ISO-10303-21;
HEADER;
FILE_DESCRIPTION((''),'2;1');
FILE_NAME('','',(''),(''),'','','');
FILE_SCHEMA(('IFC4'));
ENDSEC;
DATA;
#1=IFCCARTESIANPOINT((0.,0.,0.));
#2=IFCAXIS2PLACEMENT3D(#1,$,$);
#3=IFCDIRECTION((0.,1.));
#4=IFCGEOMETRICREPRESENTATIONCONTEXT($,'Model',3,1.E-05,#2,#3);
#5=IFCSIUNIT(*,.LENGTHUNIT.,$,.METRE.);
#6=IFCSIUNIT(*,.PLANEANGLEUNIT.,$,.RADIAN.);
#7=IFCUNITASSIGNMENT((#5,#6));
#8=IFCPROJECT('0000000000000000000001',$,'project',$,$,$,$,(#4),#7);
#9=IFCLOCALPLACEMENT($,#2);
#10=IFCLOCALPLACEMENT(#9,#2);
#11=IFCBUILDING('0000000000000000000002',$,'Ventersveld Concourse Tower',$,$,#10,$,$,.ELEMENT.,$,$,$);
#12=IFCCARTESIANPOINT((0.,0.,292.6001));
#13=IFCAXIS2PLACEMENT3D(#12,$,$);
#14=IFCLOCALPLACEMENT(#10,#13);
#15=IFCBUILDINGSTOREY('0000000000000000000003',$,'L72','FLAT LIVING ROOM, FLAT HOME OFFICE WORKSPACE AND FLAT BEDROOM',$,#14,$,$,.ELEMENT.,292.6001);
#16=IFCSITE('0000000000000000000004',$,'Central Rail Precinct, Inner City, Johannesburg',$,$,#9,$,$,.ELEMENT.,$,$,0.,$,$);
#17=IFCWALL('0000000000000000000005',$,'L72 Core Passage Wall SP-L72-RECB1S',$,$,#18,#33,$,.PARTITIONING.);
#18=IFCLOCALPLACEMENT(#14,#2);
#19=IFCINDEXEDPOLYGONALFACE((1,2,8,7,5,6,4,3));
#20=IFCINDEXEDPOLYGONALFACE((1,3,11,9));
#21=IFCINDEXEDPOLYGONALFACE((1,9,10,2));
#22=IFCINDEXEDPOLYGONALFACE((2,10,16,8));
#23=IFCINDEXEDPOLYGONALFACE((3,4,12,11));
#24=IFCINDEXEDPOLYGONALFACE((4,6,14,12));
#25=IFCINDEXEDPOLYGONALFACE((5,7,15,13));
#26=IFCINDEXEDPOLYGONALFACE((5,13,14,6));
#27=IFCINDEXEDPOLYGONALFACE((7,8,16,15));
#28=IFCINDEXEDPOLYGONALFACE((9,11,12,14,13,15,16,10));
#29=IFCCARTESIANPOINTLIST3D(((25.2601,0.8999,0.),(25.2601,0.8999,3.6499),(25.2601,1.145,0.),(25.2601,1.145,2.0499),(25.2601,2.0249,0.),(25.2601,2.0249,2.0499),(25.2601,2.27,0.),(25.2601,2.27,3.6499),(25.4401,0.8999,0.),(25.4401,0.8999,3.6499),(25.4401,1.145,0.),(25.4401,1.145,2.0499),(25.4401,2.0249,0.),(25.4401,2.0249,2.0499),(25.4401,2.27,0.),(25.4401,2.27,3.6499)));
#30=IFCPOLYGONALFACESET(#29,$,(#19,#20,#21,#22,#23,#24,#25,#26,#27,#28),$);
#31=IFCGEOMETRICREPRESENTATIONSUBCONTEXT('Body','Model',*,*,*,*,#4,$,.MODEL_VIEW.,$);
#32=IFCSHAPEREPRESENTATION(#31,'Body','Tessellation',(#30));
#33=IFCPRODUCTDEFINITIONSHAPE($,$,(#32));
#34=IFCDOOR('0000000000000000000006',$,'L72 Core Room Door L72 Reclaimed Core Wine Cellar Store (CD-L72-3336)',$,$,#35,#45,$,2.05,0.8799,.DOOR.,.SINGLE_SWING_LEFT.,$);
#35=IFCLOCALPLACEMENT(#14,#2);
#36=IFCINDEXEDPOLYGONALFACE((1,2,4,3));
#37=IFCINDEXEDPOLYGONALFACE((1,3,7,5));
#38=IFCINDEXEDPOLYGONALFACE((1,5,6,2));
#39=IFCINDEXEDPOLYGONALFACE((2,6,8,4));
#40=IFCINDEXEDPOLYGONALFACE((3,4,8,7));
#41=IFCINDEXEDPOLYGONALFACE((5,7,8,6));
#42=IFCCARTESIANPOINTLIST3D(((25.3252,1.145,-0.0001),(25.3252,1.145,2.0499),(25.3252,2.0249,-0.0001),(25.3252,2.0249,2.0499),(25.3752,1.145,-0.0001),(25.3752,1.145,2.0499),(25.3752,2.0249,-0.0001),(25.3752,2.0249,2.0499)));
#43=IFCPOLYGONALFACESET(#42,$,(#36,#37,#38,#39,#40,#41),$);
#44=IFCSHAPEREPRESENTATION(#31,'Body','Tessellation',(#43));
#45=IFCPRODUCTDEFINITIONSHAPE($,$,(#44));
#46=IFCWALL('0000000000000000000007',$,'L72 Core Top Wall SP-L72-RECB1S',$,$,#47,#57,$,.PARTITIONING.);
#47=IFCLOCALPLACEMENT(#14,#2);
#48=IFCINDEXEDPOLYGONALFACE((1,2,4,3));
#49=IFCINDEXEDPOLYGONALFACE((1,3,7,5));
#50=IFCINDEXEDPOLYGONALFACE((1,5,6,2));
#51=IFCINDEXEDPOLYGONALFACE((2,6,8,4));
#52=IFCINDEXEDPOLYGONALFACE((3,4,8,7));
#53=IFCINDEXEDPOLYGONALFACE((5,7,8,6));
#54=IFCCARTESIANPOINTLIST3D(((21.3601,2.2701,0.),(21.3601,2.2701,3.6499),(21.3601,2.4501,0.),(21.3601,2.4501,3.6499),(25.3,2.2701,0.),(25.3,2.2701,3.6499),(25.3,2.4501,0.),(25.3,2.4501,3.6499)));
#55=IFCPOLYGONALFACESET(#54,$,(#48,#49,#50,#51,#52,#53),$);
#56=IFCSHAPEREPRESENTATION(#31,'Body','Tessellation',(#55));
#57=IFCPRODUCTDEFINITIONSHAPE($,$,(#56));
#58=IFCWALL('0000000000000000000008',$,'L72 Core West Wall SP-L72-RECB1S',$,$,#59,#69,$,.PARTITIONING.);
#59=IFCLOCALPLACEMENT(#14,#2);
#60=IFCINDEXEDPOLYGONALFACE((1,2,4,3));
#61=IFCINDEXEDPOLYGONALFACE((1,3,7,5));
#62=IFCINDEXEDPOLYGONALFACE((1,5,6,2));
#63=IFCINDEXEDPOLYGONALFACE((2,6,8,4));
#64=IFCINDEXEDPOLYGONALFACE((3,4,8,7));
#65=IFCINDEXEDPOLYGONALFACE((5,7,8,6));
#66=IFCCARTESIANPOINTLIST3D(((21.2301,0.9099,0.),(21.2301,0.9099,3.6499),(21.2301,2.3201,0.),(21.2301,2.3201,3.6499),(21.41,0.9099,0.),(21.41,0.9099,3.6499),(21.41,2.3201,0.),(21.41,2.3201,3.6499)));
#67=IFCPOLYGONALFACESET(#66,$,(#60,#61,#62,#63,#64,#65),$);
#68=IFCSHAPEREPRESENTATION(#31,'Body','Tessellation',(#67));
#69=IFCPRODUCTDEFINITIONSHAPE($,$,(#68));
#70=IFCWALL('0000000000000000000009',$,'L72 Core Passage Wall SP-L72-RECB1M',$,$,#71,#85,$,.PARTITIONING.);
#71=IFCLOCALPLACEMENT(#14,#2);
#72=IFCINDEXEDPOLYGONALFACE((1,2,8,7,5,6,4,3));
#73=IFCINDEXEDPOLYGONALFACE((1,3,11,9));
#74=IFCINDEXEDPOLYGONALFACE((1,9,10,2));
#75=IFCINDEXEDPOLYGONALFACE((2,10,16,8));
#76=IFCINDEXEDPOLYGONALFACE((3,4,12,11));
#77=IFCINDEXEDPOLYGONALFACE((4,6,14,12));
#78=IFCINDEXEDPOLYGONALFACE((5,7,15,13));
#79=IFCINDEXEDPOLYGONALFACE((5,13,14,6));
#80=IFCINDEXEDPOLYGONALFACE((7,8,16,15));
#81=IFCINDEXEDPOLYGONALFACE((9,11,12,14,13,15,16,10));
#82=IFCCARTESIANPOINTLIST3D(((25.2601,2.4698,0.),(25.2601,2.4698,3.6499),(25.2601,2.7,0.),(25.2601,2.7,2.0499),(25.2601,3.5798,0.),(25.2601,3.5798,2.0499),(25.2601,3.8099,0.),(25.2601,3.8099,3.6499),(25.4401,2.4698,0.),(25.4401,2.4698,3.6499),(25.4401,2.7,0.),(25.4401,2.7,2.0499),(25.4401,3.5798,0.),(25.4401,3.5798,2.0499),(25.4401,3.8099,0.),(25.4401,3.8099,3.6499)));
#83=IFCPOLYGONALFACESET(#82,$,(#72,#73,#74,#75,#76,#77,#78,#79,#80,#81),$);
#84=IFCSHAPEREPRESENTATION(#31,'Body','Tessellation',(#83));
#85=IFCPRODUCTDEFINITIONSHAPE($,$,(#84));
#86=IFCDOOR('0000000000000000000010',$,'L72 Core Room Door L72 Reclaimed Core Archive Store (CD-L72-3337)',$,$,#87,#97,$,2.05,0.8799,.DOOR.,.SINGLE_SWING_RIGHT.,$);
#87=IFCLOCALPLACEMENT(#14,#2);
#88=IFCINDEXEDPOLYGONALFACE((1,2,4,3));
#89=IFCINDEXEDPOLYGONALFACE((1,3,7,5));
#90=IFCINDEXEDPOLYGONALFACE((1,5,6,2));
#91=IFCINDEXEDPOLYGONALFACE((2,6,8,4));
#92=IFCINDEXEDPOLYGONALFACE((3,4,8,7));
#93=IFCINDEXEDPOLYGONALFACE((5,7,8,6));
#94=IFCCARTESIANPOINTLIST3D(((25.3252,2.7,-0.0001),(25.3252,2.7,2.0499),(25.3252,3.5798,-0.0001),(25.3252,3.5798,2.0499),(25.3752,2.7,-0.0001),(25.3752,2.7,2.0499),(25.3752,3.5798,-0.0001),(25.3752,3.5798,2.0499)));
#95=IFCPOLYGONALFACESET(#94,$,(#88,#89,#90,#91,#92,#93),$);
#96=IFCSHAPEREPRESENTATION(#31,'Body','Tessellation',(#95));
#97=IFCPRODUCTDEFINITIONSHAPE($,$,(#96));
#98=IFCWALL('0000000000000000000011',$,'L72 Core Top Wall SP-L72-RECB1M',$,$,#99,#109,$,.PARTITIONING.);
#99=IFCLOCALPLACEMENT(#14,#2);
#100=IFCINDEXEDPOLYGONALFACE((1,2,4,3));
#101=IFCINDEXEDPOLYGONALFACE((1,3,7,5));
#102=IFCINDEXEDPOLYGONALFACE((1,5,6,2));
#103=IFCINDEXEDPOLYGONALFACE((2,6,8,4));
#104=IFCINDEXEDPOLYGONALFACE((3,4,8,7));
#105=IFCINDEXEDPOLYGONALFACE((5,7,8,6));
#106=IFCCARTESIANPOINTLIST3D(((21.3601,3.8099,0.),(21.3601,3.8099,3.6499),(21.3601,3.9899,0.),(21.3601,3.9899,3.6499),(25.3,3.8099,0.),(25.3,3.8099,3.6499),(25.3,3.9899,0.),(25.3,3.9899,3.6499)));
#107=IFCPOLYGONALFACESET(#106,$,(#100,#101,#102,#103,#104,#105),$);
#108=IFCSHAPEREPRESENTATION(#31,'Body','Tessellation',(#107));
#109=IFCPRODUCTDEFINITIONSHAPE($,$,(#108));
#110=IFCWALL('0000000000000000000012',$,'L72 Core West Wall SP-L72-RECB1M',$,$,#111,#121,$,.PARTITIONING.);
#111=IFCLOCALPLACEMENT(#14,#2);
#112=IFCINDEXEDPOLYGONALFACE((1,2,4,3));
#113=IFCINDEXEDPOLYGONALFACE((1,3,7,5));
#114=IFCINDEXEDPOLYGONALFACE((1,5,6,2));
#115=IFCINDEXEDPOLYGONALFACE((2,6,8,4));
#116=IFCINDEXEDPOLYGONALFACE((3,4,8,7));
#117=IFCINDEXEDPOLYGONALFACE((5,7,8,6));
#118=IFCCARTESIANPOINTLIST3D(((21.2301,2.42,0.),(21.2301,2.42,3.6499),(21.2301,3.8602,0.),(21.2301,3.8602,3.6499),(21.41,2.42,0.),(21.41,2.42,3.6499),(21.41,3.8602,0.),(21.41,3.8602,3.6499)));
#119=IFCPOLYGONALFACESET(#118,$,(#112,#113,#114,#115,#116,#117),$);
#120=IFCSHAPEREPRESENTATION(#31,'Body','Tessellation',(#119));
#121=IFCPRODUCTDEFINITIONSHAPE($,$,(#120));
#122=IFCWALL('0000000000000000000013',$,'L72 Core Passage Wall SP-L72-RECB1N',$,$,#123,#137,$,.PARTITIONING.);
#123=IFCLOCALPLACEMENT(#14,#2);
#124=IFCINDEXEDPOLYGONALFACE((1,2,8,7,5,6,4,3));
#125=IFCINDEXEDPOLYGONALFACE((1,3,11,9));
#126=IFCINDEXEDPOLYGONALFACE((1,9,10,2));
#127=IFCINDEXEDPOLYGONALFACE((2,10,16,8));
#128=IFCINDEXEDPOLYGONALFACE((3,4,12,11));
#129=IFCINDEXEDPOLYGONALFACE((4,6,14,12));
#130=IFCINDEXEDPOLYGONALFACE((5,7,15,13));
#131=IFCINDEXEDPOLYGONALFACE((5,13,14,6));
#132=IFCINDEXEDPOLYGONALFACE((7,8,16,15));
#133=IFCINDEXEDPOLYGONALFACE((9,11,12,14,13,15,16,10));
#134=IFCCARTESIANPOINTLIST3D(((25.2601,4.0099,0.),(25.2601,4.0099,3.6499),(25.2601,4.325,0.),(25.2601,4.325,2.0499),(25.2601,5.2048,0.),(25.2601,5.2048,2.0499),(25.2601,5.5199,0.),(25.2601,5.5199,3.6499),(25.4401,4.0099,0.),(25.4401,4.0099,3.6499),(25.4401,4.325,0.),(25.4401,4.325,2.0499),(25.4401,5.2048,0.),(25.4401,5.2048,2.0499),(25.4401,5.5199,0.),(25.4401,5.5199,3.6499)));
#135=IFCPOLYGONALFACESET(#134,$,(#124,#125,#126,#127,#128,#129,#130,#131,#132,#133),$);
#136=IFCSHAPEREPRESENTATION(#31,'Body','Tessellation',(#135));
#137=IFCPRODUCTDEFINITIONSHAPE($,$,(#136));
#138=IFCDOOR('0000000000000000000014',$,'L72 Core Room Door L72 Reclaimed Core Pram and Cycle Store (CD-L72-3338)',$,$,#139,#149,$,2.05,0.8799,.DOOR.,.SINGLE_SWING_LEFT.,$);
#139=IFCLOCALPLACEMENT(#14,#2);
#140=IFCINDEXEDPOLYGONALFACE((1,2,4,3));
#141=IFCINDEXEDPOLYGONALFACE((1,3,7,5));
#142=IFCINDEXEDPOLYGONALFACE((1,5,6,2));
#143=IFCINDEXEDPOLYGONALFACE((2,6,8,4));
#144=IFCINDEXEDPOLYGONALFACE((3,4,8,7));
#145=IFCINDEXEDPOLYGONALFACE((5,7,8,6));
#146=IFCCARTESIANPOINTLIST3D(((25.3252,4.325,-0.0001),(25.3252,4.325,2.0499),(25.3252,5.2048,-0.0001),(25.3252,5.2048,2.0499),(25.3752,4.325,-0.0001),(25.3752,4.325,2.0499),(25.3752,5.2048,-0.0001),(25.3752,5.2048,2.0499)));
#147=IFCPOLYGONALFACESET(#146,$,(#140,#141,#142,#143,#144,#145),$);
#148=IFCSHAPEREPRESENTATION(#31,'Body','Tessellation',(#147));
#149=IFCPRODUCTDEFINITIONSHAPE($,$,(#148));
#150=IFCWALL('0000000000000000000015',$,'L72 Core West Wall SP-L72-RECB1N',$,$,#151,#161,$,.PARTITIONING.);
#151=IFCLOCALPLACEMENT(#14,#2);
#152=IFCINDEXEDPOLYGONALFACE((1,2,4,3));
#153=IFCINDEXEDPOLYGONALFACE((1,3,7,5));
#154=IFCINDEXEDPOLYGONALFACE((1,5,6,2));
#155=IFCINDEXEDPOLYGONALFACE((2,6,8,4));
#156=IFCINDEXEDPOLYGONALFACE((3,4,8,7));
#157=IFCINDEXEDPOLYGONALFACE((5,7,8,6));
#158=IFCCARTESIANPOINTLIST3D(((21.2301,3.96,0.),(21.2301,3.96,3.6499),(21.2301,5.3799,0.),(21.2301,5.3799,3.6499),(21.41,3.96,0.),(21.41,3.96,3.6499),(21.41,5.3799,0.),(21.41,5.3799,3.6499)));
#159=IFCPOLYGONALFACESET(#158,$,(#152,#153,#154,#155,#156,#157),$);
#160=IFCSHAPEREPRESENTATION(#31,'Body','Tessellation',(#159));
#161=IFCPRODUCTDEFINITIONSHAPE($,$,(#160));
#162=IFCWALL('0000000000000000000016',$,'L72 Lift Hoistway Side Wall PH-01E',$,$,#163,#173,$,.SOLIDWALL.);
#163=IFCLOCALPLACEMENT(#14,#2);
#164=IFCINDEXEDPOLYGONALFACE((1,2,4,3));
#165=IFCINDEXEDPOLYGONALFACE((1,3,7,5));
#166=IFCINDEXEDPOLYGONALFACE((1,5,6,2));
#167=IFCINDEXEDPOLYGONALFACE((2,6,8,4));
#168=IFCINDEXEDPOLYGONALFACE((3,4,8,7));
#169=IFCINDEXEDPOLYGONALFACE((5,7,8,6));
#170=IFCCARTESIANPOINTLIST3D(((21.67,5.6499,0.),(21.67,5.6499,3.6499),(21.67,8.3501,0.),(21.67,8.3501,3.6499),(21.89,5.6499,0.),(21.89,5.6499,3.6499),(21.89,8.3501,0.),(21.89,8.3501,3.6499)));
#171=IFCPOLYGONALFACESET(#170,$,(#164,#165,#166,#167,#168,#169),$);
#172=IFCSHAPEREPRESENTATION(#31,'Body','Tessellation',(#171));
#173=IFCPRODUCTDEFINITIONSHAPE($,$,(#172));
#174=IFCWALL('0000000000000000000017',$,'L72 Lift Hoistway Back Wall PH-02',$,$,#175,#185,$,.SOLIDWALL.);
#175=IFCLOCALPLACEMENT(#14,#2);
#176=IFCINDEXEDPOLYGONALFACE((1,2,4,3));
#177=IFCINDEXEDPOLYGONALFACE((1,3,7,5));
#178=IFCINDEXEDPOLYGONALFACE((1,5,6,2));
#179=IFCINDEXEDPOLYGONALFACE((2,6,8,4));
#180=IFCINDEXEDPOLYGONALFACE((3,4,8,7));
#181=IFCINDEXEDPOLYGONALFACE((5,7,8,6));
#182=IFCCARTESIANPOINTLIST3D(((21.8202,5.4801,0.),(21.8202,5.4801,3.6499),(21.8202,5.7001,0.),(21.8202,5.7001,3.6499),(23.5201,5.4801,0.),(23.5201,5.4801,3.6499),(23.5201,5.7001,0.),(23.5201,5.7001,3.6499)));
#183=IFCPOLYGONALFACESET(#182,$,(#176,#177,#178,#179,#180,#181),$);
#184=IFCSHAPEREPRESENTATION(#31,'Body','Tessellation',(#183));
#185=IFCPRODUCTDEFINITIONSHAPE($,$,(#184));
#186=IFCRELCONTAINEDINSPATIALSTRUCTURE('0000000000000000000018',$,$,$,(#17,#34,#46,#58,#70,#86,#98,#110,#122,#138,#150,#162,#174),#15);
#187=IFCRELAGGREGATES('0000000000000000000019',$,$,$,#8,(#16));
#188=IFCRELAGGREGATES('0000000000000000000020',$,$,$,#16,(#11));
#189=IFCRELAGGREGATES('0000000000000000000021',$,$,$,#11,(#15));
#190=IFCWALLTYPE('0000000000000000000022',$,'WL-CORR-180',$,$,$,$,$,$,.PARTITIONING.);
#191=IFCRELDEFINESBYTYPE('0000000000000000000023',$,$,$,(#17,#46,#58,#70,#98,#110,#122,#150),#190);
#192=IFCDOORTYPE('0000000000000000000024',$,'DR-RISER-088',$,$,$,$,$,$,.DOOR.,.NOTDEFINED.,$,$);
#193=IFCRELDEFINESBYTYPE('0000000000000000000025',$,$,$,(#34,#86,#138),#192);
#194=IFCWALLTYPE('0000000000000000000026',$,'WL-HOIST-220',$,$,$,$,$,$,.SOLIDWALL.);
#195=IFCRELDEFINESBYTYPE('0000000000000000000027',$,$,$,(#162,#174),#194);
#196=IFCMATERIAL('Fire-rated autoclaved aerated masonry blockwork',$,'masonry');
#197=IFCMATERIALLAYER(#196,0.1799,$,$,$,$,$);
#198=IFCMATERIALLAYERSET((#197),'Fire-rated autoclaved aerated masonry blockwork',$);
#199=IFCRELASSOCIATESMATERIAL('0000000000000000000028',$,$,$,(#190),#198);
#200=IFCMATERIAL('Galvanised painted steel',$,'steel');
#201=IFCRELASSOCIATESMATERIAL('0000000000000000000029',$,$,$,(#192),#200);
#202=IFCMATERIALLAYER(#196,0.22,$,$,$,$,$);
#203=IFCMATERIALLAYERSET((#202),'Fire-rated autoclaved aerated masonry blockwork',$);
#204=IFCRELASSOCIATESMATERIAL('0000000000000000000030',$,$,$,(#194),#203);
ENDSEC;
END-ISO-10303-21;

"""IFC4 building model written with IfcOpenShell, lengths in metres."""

from ifc_helpers import new_model, si_unit, direction, frame, frame_2d, origin, place, context, subcontext, project, spatial, rectangle, extrude, material, layer, layer_set, type_object, element, fill, save


model = new_model("IFC4")

# Units and contexts
model_context = context("Model", 3, precision=1e-05, world=origin(), true_north=direction((0.0, 1.0)))
body_context = subcontext(model_context, "Body", "Model", "MODEL_VIEW")
ifc_project = project(units=[si_unit("LENGTHUNIT", "METRE"), si_unit("PLANEANGLEUNIT", "RADIAN")], contexts=[model_context])

# Site, building, storey
site_placement = place(None, origin())
site = spatial("IfcSite", under=ifc_project, at=site_placement, Name="Central Rail Precinct, Inner City, Johannesburg", CompositionType="ELEMENT", RefElevation=0.0)
building_placement = place(site_placement, origin())
building = spatial("IfcBuilding", under=site, at=building_placement, Name="Ventersveld Concourse Tower", CompositionType="ELEMENT")
storey_placement = place(building_placement, frame((0.0, 0.0, 292.6001)))
storey = spatial("IfcBuildingStorey", under=building, at=storey_placement, Name="L72", Description="FLAT LIVING ROOM, FLAT HOME OFFICE WORKSPACE AND FLAT BEDROOM", CompositionType="ELEMENT", Elevation=292.6001)

# Wall, opening, door
ifc_material_1 = material(Name="Fire-rated autoclaved aerated masonry blockwork", Category="masonry")
ifc_layer_1 = layer(ifc_material_1, 0.1799)
ifc_layer_set_1 = layer_set([ifc_layer_1], Name="Fire-rated autoclaved aerated masonry blockwork")
wall_type_1 = type_object("IfcWallType", Name="WL-CORR-180", PredefinedType="PARTITIONING", material=ifc_layer_set_1)
wall_1_placement = place(storey_placement, frame((25.3501, 0.8999, 0.0), z_axis=(0.0, 0.0, 1.0), x_axis=(0.0, 1.0, 0.0)))
wall_1 = element("IfcWall", 1, at=wall_1_placement, inside=storey, type_object=wall_type_1, Name="L72 Core Passage Wall SP-L72-RECB1S", PredefinedType="PARTITIONING", context=body_context, shape_type="SweptSolid", body=[
    extrude(rectangle(XDim=1.3701, YDim=0.1799, at=frame_2d((0.6851, 0.0))), origin(), (0.0, 0.0, 1.0), 3.6499),
])
opening_1_placement = place(wall_1_placement, frame((0.2451, 0.0, 0.0)))
opening_1 = element("IfcOpeningElement", 2, at=opening_1_placement, cuts=wall_1, PredefinedType="OPENING", context=body_context, shape_type="SweptSolid", body=[
    extrude(rectangle(XDim=0.8799, YDim=2.05, at=frame_2d((0.4399, 1.0249))), frame((0.0, 0.1001, 0.0), z_axis=(0.0, -1.0, 0.0), x_axis=(1.0, 0.0, 0.0)), (0.0, 0.0, 1.0), 0.2),
])
ifc_material_2 = material(Name="Galvanised painted steel", Category="steel")
door_type_1 = type_object("IfcDoorType", Name="DR-RISER-088", OperationType="NOTDEFINED", PredefinedType="DOOR", material=ifc_material_2)
door_1_placement = place(opening_1_placement, origin())
door_1 = element("IfcDoor", 3, at=door_1_placement, inside=storey, type_object=door_type_1, Name="L72 Core Room Door L72 Reclaimed Core Wine Cellar Store (CD-L72-3336)", OperationType="SINGLE_SWING_LEFT", OverallHeight=2.05, OverallWidth=0.8799, PredefinedType="DOOR", context=body_context, shape_type="SweptSolid", body=[
    extrude(rectangle(XDim=0.8799, YDim=2.05, at=frame_2d((0.4399, 1.0249))), frame((0.0, 0.0249, 0.0), z_axis=(0.0, -1.0, 0.0), x_axis=(1.0, 0.0, 0.0)), (0.0, 0.0, 1.0), 0.05),
])
fill(opening_1, door_1)

# Walls
wall_2_placement = place(storey_placement, frame((21.3601, 2.3601, 0.0), z_axis=(0.0, 0.0, 1.0), x_axis=(1.0, 0.0, 0.0)))
element("IfcWall", 4, at=wall_2_placement, inside=storey, type_object=wall_type_1, Name="L72 Core Top Wall SP-L72-RECB1S", PredefinedType="PARTITIONING", context=body_context, shape_type="SweptSolid", body=[
    extrude(rectangle(XDim=3.9399, YDim=0.1799, at=frame_2d((1.97, 0.0))), origin(), (0.0, 0.0, 1.0), 3.6499),
])
wall_3_placement = place(storey_placement, frame((21.3201, 0.9099, 0.0), z_axis=(0.0, 0.0, 1.0), x_axis=(0.0, 1.0, 0.0)))
element("IfcWall", 5, at=wall_3_placement, inside=storey, type_object=wall_type_1, Name="L72 Core West Wall SP-L72-RECB1S", PredefinedType="PARTITIONING", context=body_context, shape_type="SweptSolid", body=[
    extrude(rectangle(XDim=1.4102, YDim=0.1799, at=frame_2d((0.7051, 0.0))), origin(), (0.0, 0.0, 1.0), 3.6499),
])

# Wall, opening, door
wall_4_placement = place(storey_placement, frame((25.3501, 2.47, 0.0), z_axis=(0.0, 0.0, 1.0), x_axis=(0.0, 1.0, 0.0)))
wall_4 = element("IfcWall", 6, at=wall_4_placement, inside=storey, type_object=wall_type_1, Name="L72 Core Passage Wall SP-L72-RECB1M", PredefinedType="PARTITIONING", context=body_context, shape_type="SweptSolid", body=[
    extrude(rectangle(XDim=1.3401, YDim=0.1799, at=frame_2d((0.6699, 0.0))), origin(), (0.0, 0.0, 1.0), 3.6499),
])
opening_2_placement = place(wall_4_placement, frame((0.23, 0.0, 0.0)))
opening_2 = element("IfcOpeningElement", 7, at=opening_2_placement, cuts=wall_4, PredefinedType="OPENING", context=body_context, shape_type="SweptSolid", body=[
    extrude(rectangle(XDim=0.8799, YDim=2.05, at=frame_2d((0.4399, 1.0249))), frame((0.0, 0.1001, 0.0), z_axis=(0.0, -1.0, 0.0), x_axis=(1.0, 0.0, 0.0)), (0.0, 0.0, 1.0), 0.2),
])
door_2_placement = place(opening_2_placement, origin())
door_2 = element("IfcDoor", 8, at=door_2_placement, inside=storey, type_object=door_type_1, Name="L72 Core Room Door L72 Reclaimed Core Archive Store (CD-L72-3337)", OperationType="SINGLE_SWING_RIGHT", OverallHeight=2.05, OverallWidth=0.8799, PredefinedType="DOOR", context=body_context, shape_type="SweptSolid", body=[
    extrude(rectangle(XDim=0.8799, YDim=2.05, at=frame_2d((0.4399, 1.0249))), frame((0.0, 0.0249, 0.0), z_axis=(0.0, -1.0, 0.0), x_axis=(1.0, 0.0, 0.0)), (0.0, 0.0, 1.0), 0.05),
])
fill(opening_2, door_2)

# Walls
wall_5_placement = place(storey_placement, frame((21.3601, 3.8999, 0.0), z_axis=(0.0, 0.0, 1.0), x_axis=(1.0, 0.0, 0.0)))
element("IfcWall", 9, at=wall_5_placement, inside=storey, type_object=wall_type_1, Name="L72 Core Top Wall SP-L72-RECB1M", PredefinedType="PARTITIONING", context=body_context, shape_type="SweptSolid", body=[
    extrude(rectangle(XDim=3.9399, YDim=0.1799, at=frame_2d((1.97, 0.0))), origin(), (0.0, 0.0, 1.0), 3.6499),
])
wall_6_placement = place(storey_placement, frame((21.3201, 2.4199, 0.0), z_axis=(0.0, 0.0, 1.0), x_axis=(0.0, 1.0, 0.0)))
element("IfcWall", 10, at=wall_6_placement, inside=storey, type_object=wall_type_1, Name="L72 Core West Wall SP-L72-RECB1M", PredefinedType="PARTITIONING", context=body_context, shape_type="SweptSolid", body=[
    extrude(rectangle(XDim=1.4402, YDim=0.1799, at=frame_2d((0.7202, 0.0))), origin(), (0.0, 0.0, 1.0), 3.6499),
])

# Wall, opening, door
wall_7_placement = place(storey_placement, frame((25.3501, 4.01, 0.0), z_axis=(0.0, 0.0, 1.0), x_axis=(0.0, 1.0, 0.0)))
wall_7 = element("IfcWall", 11, at=wall_7_placement, inside=storey, type_object=wall_type_1, Name="L72 Core Passage Wall SP-L72-RECB1N", PredefinedType="PARTITIONING", context=body_context, shape_type="SweptSolid", body=[
    extrude(rectangle(XDim=1.51, YDim=0.1799, at=frame_2d((0.7549, 0.0))), origin(), (0.0, 0.0, 1.0), 3.6499),
])
opening_3_placement = place(wall_7_placement, frame((0.3149, 0.0, 0.0)))
opening_3 = element("IfcOpeningElement", 12, at=opening_3_placement, cuts=wall_7, PredefinedType="OPENING", context=body_context, shape_type="SweptSolid", body=[
    extrude(rectangle(XDim=0.8799, YDim=2.05, at=frame_2d((0.4399, 1.0249))), frame((0.0, 0.1001, 0.0), z_axis=(0.0, -1.0, 0.0), x_axis=(1.0, 0.0, 0.0)), (0.0, 0.0, 1.0), 0.2),
])
door_3_placement = place(opening_3_placement, origin())
door_3 = element("IfcDoor", 13, at=door_3_placement, inside=storey, type_object=door_type_1, Name="L72 Core Room Door L72 Reclaimed Core Pram and Cycle Store (CD-L72-3338)", OperationType="SINGLE_SWING_LEFT", OverallHeight=2.05, OverallWidth=0.8799, PredefinedType="DOOR", context=body_context, shape_type="SweptSolid", body=[
    extrude(rectangle(XDim=0.8799, YDim=2.05, at=frame_2d((0.4399, 1.0249))), frame((0.0, 0.0249, 0.0), z_axis=(0.0, -1.0, 0.0), x_axis=(1.0, 0.0, 0.0)), (0.0, 0.0, 1.0), 0.05),
])
fill(opening_3, door_3)

# Walls
wall_8_placement = place(storey_placement, frame((21.3201, 3.96, 0.0), z_axis=(0.0, 0.0, 1.0), x_axis=(0.0, 1.0, 0.0)))
element("IfcWall", 14, at=wall_8_placement, inside=storey, type_object=wall_type_1, Name="L72 Core West Wall SP-L72-RECB1N", PredefinedType="PARTITIONING", context=body_context, shape_type="SweptSolid", body=[
    extrude(rectangle(XDim=1.4199, YDim=0.1799, at=frame_2d((0.71, 0.0))), origin(), (0.0, 0.0, 1.0), 3.6499),
])
ifc_layer_2 = layer(ifc_material_1, 0.22)
ifc_layer_set_2 = layer_set([ifc_layer_2], Name="Fire-rated autoclaved aerated masonry blockwork")
wall_type_2 = type_object("IfcWallType", Name="WL-HOIST-220", PredefinedType="SOLIDWALL", material=ifc_layer_set_2)
wall_9_placement = place(storey_placement, frame((21.78, 5.6499, 0.0), z_axis=(0.0, 0.0, 1.0), x_axis=(0.0, 1.0, 0.0)))
element("IfcWall", 15, at=wall_9_placement, inside=storey, type_object=wall_type_2, Name="L72 Lift Hoistway Side Wall PH-01E", PredefinedType="SOLIDWALL", context=body_context, shape_type="SweptSolid", body=[
    extrude(rectangle(XDim=2.7002, YDim=0.22, at=frame_2d((1.3501, 0.0))), origin(), (0.0, 0.0, 1.0), 3.6499),
])
wall_10_placement = place(storey_placement, frame((21.8201, 5.5901, 0.0), z_axis=(0.0, 0.0, 1.0), x_axis=(1.0, 0.0, 0.0)))
element("IfcWall", 16, at=wall_10_placement, inside=storey, type_object=wall_type_2, Name="L72 Lift Hoistway Back Wall PH-02", PredefinedType="SOLIDWALL", context=body_context, shape_type="SweptSolid", body=[
    extrude(rectangle(XDim=1.7, YDim=0.22, at=frame_2d((0.8501, 0.0))), origin(), (0.0, 0.0, 1.0), 3.6499),
])

save(model, "model.ifc")
